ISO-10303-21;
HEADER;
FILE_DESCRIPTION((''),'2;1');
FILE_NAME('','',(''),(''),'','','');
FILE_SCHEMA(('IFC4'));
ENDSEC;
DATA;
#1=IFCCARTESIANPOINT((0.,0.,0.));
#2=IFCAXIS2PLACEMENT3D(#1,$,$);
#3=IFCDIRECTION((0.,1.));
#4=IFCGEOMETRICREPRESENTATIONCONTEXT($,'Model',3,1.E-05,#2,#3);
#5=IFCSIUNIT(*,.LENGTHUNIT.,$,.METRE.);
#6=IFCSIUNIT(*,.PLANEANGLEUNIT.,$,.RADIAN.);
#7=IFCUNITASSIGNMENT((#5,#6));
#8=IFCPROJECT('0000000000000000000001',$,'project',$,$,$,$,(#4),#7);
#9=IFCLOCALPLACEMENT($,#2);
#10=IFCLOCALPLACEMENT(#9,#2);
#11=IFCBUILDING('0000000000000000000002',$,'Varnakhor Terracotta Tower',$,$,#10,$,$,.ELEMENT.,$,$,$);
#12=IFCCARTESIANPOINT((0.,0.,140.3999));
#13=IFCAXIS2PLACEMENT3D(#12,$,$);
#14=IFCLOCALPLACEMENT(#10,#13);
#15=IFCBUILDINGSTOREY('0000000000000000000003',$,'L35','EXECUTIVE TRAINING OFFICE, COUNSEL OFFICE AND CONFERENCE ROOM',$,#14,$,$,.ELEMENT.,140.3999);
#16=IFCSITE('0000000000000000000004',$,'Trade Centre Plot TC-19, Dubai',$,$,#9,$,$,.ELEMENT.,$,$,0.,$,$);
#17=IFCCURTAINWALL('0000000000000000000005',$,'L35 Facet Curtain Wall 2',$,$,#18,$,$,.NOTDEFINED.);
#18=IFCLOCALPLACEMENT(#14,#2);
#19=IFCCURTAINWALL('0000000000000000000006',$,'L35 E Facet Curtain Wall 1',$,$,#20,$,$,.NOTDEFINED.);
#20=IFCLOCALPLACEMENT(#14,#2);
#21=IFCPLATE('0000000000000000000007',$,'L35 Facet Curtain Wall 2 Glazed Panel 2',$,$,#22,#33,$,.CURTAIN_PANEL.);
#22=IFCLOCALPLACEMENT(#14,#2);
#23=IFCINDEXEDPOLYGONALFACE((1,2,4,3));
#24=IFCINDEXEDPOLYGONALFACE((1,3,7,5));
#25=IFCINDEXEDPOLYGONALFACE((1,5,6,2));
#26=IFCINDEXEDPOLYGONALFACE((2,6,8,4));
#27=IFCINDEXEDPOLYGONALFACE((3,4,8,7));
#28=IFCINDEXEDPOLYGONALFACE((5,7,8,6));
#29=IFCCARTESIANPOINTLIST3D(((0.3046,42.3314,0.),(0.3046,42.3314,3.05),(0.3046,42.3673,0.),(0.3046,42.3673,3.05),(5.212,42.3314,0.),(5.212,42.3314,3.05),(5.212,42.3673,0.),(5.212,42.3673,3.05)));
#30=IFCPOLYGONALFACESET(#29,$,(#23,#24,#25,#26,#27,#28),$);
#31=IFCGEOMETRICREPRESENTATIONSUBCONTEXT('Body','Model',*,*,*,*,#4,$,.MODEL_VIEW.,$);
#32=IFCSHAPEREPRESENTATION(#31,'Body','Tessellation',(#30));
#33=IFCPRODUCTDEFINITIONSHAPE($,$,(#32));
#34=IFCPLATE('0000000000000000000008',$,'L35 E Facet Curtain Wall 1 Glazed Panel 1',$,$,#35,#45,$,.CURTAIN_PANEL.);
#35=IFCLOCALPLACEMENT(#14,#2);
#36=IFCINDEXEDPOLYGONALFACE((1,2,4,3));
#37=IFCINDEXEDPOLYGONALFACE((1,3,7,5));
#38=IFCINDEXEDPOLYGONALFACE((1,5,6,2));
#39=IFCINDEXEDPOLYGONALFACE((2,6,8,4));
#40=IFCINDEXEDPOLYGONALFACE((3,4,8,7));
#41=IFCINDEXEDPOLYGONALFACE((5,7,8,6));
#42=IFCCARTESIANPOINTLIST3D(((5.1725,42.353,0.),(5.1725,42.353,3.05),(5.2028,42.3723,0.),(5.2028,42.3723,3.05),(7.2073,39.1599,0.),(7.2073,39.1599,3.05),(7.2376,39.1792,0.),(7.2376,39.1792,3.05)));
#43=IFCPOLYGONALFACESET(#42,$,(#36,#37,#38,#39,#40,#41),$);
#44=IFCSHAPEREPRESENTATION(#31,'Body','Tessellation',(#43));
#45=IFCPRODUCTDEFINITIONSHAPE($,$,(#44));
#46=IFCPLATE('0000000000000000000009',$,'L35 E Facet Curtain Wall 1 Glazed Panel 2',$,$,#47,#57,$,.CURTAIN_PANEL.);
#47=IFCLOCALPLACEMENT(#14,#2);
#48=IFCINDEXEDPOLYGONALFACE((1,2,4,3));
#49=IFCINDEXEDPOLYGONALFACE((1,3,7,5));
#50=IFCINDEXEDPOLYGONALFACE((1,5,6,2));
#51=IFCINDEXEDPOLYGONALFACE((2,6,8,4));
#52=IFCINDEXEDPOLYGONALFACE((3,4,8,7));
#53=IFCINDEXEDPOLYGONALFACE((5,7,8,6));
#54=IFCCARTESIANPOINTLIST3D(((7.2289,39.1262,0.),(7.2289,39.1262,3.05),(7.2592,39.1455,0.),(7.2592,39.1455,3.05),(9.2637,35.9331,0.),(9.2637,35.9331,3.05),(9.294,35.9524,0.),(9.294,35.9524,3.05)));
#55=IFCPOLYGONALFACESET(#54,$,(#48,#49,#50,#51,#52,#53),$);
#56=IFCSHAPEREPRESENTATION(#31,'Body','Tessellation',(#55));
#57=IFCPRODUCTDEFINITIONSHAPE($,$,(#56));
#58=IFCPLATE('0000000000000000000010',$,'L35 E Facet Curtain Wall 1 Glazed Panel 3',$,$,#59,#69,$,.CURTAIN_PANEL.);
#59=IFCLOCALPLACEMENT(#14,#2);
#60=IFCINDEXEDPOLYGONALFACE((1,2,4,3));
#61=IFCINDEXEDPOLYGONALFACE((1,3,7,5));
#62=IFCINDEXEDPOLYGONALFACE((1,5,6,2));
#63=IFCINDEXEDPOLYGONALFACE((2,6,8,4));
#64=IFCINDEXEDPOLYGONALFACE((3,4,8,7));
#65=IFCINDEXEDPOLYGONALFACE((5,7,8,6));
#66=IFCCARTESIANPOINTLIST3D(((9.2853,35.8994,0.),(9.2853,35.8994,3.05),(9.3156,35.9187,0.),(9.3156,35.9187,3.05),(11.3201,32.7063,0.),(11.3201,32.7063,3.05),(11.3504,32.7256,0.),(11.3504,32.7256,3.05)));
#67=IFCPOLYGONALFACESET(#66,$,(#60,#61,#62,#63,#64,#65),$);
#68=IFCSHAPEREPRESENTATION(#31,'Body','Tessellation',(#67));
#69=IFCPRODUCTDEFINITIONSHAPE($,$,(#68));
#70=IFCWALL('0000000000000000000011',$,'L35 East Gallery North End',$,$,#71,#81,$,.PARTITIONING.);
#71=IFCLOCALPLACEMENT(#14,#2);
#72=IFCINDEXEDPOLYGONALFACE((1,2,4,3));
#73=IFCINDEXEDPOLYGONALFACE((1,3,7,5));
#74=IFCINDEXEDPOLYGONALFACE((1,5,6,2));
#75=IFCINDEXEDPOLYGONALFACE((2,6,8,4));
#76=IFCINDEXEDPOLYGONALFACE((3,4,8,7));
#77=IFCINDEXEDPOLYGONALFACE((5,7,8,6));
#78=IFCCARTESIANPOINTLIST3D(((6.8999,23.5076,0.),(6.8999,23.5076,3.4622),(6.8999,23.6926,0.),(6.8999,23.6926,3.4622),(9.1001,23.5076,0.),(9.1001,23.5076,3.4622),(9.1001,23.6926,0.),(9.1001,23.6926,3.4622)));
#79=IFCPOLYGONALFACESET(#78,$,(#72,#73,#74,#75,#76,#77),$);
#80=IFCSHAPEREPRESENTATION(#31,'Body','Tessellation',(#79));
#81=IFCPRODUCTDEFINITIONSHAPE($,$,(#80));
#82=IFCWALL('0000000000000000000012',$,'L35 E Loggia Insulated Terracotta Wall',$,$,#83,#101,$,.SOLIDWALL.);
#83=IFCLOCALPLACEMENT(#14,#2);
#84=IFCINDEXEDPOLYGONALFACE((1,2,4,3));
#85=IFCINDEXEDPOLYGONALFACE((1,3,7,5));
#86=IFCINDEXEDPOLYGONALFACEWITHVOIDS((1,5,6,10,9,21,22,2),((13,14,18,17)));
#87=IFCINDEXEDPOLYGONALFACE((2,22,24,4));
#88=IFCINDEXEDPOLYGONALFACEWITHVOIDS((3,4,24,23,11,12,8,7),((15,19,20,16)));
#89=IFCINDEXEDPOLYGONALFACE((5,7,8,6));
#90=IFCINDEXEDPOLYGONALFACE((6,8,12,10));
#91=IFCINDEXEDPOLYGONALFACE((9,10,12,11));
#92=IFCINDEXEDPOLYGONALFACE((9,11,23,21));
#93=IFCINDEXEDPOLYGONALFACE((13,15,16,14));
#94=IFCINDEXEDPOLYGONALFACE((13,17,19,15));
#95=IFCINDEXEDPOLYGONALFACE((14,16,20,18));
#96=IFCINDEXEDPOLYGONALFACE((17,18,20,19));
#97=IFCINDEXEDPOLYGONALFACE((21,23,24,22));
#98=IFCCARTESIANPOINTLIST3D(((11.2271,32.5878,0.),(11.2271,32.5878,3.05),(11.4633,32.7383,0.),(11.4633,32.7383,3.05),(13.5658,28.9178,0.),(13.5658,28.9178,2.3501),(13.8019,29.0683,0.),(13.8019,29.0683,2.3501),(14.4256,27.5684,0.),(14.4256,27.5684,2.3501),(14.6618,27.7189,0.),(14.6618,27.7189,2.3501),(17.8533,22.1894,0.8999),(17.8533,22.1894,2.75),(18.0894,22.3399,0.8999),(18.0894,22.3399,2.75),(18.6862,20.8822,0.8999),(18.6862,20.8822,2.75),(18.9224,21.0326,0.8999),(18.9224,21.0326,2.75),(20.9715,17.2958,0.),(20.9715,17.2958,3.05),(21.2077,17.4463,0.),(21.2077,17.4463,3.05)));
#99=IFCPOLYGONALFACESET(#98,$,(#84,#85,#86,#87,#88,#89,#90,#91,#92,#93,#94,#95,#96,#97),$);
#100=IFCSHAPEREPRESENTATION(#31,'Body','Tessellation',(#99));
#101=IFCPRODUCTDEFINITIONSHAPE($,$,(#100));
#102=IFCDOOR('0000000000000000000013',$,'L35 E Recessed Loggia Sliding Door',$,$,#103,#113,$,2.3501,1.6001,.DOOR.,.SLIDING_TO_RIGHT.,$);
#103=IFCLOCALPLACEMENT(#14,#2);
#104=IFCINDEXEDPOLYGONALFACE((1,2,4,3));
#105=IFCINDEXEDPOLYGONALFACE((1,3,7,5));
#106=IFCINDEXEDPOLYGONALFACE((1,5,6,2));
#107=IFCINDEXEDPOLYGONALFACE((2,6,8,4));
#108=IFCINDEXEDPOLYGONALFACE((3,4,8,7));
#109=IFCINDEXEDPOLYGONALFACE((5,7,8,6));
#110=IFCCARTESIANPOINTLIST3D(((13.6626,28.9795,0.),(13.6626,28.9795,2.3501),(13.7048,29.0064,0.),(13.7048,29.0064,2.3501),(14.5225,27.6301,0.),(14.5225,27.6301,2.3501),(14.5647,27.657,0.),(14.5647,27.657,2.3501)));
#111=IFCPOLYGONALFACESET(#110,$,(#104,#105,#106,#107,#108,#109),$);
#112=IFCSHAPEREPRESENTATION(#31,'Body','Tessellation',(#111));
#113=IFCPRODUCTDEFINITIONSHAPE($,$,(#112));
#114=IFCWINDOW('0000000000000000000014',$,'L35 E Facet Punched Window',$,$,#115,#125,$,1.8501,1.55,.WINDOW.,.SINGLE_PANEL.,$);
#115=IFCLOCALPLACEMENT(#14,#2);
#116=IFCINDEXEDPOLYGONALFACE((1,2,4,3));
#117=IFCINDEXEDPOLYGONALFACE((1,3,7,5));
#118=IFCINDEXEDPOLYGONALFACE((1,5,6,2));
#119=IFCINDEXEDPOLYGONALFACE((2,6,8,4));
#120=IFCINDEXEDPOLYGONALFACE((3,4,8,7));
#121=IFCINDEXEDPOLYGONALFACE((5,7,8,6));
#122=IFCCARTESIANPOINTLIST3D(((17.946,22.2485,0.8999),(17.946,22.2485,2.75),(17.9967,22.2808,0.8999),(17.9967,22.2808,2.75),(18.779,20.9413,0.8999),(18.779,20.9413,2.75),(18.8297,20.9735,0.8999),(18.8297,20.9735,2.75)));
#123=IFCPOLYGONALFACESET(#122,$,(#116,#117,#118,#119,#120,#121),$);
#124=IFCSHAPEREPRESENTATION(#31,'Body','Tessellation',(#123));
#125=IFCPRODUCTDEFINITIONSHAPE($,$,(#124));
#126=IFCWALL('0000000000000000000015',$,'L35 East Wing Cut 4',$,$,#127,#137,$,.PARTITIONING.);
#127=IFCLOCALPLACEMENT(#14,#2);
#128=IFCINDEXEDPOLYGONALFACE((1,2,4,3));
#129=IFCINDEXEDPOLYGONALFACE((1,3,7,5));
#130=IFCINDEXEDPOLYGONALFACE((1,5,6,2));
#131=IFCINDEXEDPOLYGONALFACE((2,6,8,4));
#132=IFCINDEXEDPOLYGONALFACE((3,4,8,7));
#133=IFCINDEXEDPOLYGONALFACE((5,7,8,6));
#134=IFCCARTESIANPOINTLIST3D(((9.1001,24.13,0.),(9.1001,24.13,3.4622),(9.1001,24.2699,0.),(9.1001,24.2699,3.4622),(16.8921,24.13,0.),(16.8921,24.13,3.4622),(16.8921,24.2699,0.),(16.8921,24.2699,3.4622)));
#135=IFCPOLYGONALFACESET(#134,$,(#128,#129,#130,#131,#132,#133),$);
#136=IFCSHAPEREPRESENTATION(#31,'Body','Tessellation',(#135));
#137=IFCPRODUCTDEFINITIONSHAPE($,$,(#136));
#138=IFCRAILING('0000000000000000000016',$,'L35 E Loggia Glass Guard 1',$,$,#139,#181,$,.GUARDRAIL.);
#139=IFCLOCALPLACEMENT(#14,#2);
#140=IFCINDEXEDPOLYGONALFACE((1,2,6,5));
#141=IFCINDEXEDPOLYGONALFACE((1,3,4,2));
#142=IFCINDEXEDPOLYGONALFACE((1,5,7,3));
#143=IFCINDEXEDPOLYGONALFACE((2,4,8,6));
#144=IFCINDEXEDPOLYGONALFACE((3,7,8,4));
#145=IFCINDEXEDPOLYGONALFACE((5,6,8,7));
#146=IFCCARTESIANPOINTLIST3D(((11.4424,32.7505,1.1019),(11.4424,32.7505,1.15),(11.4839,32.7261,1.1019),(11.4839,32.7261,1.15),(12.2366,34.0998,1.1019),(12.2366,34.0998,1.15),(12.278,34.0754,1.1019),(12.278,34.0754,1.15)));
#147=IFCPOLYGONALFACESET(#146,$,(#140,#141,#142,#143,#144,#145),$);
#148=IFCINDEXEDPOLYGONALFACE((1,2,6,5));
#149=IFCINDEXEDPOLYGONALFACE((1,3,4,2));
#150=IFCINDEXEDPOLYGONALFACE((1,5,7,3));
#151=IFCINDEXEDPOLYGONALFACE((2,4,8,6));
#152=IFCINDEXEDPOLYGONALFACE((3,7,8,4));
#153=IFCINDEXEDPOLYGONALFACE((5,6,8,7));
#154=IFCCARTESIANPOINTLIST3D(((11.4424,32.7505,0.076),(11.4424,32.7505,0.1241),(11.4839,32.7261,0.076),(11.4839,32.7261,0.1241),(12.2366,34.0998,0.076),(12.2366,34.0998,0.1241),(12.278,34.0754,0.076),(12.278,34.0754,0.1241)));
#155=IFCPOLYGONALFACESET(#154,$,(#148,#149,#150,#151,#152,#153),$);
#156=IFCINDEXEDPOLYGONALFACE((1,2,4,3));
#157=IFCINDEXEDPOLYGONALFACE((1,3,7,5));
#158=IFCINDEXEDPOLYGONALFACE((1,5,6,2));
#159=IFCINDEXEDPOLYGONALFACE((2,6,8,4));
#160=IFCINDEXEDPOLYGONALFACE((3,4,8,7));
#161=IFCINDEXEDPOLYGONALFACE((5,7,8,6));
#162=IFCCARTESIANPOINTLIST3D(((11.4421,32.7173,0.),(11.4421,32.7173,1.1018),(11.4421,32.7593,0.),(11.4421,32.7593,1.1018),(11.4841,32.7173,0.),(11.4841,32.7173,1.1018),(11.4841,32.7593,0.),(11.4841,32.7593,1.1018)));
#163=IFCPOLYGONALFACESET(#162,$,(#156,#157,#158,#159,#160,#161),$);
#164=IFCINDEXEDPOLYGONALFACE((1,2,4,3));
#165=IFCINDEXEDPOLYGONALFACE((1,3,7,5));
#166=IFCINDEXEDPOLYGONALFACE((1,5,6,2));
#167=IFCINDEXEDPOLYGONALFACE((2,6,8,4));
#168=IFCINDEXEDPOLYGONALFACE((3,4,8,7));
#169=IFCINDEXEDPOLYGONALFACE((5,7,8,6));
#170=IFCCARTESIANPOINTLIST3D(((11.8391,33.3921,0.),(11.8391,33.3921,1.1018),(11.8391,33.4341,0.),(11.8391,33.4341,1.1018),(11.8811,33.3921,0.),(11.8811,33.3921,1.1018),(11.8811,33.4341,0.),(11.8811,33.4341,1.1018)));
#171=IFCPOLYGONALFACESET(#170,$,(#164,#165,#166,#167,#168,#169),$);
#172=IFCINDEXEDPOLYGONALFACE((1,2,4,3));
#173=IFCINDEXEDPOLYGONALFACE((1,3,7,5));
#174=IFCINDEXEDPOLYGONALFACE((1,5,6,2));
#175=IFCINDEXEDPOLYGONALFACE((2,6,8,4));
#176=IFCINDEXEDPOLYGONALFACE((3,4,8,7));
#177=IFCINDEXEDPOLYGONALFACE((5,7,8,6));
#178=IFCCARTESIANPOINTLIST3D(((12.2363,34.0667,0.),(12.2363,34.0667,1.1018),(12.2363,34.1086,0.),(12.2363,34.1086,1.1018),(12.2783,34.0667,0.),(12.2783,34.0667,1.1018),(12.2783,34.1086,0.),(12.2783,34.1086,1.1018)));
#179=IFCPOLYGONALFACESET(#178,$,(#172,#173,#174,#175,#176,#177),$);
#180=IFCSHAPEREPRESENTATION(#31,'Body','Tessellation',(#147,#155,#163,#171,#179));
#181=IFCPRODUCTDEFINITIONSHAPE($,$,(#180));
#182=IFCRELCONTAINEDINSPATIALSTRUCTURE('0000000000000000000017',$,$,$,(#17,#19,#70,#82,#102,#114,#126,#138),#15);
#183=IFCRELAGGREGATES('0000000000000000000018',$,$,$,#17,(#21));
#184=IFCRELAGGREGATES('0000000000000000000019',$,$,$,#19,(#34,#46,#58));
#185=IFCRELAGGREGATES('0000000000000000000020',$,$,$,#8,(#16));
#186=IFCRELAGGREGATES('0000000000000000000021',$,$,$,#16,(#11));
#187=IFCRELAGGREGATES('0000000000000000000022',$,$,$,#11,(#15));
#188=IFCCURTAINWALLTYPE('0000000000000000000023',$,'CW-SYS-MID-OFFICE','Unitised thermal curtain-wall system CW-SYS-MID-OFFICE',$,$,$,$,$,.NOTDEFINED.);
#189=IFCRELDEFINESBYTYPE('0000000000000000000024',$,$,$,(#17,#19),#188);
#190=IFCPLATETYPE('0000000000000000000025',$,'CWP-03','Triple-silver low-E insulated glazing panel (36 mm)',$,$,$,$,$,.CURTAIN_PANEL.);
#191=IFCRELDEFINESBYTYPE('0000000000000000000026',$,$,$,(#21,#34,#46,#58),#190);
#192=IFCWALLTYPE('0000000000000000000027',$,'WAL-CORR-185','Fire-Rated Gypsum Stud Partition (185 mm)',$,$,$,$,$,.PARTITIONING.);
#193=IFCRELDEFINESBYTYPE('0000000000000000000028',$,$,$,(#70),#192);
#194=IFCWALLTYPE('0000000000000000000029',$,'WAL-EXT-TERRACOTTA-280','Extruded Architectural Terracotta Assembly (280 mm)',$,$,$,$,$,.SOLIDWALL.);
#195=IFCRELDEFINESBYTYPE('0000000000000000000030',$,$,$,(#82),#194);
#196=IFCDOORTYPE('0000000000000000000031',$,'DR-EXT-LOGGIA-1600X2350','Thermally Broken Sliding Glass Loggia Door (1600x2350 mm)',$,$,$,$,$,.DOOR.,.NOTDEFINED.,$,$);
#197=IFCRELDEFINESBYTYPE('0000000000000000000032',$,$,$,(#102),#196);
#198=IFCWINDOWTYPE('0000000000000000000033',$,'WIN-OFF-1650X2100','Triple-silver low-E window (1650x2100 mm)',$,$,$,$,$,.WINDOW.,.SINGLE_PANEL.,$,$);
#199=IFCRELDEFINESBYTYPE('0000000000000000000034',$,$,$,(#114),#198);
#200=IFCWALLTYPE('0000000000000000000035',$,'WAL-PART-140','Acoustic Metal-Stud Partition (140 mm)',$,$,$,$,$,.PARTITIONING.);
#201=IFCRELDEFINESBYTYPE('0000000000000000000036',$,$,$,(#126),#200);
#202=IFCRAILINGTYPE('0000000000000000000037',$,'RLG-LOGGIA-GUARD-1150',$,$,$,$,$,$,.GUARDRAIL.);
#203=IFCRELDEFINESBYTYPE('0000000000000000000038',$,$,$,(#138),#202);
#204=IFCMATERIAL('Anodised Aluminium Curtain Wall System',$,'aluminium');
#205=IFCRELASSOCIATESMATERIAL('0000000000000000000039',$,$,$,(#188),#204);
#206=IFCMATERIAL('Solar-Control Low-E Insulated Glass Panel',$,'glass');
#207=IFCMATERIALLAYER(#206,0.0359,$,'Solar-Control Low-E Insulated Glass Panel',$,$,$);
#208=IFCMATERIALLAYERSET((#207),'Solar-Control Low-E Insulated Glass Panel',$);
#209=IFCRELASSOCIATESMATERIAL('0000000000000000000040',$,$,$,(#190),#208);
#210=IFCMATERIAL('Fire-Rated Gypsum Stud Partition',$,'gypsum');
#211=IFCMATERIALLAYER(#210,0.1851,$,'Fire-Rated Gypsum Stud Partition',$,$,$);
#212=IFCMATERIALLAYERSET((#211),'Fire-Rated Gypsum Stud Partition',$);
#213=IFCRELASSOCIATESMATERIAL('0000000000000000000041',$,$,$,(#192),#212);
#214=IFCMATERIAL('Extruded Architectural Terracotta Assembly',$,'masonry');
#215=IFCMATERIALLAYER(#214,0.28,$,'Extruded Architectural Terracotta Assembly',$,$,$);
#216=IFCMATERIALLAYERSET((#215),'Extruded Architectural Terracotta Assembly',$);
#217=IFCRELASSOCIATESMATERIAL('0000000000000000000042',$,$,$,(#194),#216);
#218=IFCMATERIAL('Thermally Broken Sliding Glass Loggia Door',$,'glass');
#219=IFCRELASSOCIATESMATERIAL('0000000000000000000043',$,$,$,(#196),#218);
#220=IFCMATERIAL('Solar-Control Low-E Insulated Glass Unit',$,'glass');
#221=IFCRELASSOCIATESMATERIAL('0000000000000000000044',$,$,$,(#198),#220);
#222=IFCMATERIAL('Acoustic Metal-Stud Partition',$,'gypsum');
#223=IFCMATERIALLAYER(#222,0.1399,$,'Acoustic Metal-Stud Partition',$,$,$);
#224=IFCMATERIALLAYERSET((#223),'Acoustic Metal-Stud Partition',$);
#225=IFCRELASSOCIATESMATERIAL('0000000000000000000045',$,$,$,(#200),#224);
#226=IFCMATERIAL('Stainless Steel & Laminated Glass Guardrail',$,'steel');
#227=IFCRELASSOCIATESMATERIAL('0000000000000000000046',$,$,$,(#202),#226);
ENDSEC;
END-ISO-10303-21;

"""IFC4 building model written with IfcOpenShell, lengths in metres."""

from ifc_helpers import new_model, si_unit, direction, frame, frame_2d, origin, origin_2d, place, context, subcontext, project, spatial, rectangle, extrude, source, transform, mapped, material, layer, layer_set, type_object, type_shapes, element, fill, aggregate, save


model = new_model("IFC4")

# Units and contexts
model_context = context("Model", 3, precision=1e-05, world=origin(), true_north=direction((0.0, 1.0)))
body_context = subcontext(model_context, "Body", "Model", "MODEL_VIEW")
ifc_project = project(units=[si_unit("LENGTHUNIT", "METRE"), si_unit("PLANEANGLEUNIT", "RADIAN")], contexts=[model_context])

# Site, building, storey
site_placement = place(None, origin())
site = spatial("IfcSite", under=ifc_project, at=site_placement, Name="Trade Centre Plot TC-19, Dubai", CompositionType="ELEMENT", RefElevation=0.0)
building_placement = place(site_placement, origin())
building = spatial("IfcBuilding", under=site, at=building_placement, Name="Varnakhor Terracotta Tower", CompositionType="ELEMENT")
storey_placement = place(building_placement, frame((0.0, 0.0, 140.3999)))
storey = spatial("IfcBuildingStorey", under=building, at=storey_placement, Name="L35", Description="EXECUTIVE TRAINING OFFICE, COUNSEL OFFICE AND CONFERENCE ROOM", CompositionType="ELEMENT", Elevation=140.3999)

# Curtain wall
ifc_material_1 = material(Name="Anodised Aluminium Curtain Wall System", Category="aluminium")
curtain_wall_type = type_object("IfcCurtainWallType", Name="CW-SYS-MID-OFFICE", Description="Unitised thermal curtain-wall system CW-SYS-MID-OFFICE", PredefinedType="NOTDEFINED", material=ifc_material_1)
curtain_wall_1_placement = place(storey_placement, origin())
curtain_wall_1 = element("IfcCurtainWall", 1, at=curtain_wall_1_placement, inside=storey, type_object=curtain_wall_type, Name="L35 Facet Curtain Wall 2", PredefinedType="NOTDEFINED")

# Curtain wall
curtain_wall_2_placement = place(storey_placement, origin())
curtain_wall_2 = element("IfcCurtainWall", 2, at=curtain_wall_2_placement, inside=storey, type_object=curtain_wall_type, Name="L35 E Facet Curtain Wall 1", PredefinedType="NOTDEFINED")

# Plates
ifc_material_2 = material(Name="Solar-Control Low-E Insulated Glass Panel", Category="glass")
ifc_layer_1 = layer(ifc_material_2, 0.0359, Name="Solar-Control Low-E Insulated Glass Panel")
ifc_layer_set_1 = layer_set([ifc_layer_1], Name="Solar-Control Low-E Insulated Glass Panel")
plate_type = type_object("IfcPlateType", Name="CWP-03", Description="Triple-silver low-E insulated glazing panel (36 mm)", PredefinedType="CURTAIN_PANEL", material=ifc_layer_set_1)
shared_shape_1 = source(origin(), body_context, "Body", "SweptSolid", [
    extrude(rectangle(XDim=4.9075, YDim=0.0359, at=origin_2d()), origin(), (0.0, 0.0, 1.0), 3.05),
])
plate_1_placement = place(storey_placement, frame((2.7583, 42.3494, 0.0), z_axis=(0.0, 0.0, 1.0), x_axis=(1.0, 0.0, 0.0)))
plate_1 = element("IfcPlate", 3, at=plate_1_placement, type_object=plate_type, Name="L35 Facet Curtain Wall 2 Glazed Panel 2", PredefinedType="CURTAIN_PANEL", context=body_context, shape_type="MappedRepresentation", body=[
    mapped(shared_shape_1, transform((0.0, 0.0, 0.0), scale=1.0)),
])
aggregate(curtain_wall_1, [plate_1])
shared_shape_2 = source(origin(), body_context, "Body", "SweptSolid", [
    extrude(rectangle(XDim=3.7864, YDim=0.0359, at=origin_2d()), origin(), (0.0, 0.0, 1.0), 3.05),
])
plate_2_placement = place(storey_placement, frame((6.2051, 40.7661, 0.0), z_axis=(0.0, 0.0, 1.0), x_axis=(0.537403, -0.843326, 0.0)))
plate_2 = element("IfcPlate", 4, at=plate_2_placement, type_object=plate_type, Name="L35 E Facet Curtain Wall 1 Glazed Panel 1", PredefinedType="CURTAIN_PANEL", context=body_context, shape_type="MappedRepresentation", body=[
    mapped(shared_shape_2, transform((0.0, 0.0, 0.0), scale=1.0)),
])
plate_3_placement = place(storey_placement, frame((8.2615, 37.5393, 0.0), z_axis=(0.0, 0.0, 1.0), x_axis=(0.537403, -0.843326, 0.0)))
plate_3 = element("IfcPlate", 5, at=plate_3_placement, type_object=plate_type, Name="L35 E Facet Curtain Wall 1 Glazed Panel 2", PredefinedType="CURTAIN_PANEL", context=body_context, shape_type="MappedRepresentation", body=[
    mapped(shared_shape_2, transform((0.0, 0.0, 0.0), scale=1.0)),
])
plate_4_placement = place(storey_placement, frame((10.3179, 34.3125, 0.0), z_axis=(0.0, 0.0, 1.0), x_axis=(0.537403, -0.843326, 0.0)))
plate_4 = element("IfcPlate", 6, at=plate_4_placement, type_object=plate_type, Name="L35 E Facet Curtain Wall 1 Glazed Panel 3", PredefinedType="CURTAIN_PANEL", context=body_context, shape_type="MappedRepresentation", body=[
    mapped(shared_shape_2, transform((0.0, 0.0, 0.0), scale=1.0)),
])
aggregate(curtain_wall_2, [plate_2, plate_3, plate_4])

# Wall
ifc_material_3 = material(Name="Fire-Rated Gypsum Stud Partition", Category="gypsum")
ifc_layer_2 = layer(ifc_material_3, 0.1851, Name="Fire-Rated Gypsum Stud Partition")
ifc_layer_set_2 = layer_set([ifc_layer_2], Name="Fire-Rated Gypsum Stud Partition")
wall_type_1 = type_object("IfcWallType", Name="WAL-CORR-185", Description="Fire-Rated Gypsum Stud Partition (185 mm)", PredefinedType="PARTITIONING", material=ifc_layer_set_2)
wall_1_placement = place(storey_placement, frame((6.8999, 23.6001, 0.0), z_axis=(0.0, 0.0, 1.0), x_axis=(1.0, 0.0, 0.0)))
element("IfcWall", 7, at=wall_1_placement, inside=storey, type_object=wall_type_1, Name="L35 East Gallery North End", PredefinedType="PARTITIONING", context=body_context, shape_type="SweptSolid", body=[
    extrude(rectangle(XDim=2.2002, YDim=0.1851, at=frame_2d((1.1001, 0.0))), origin(), (0.0, 0.0, 1.0), 3.4622),
])

# Wall, openings, door, window
ifc_material_4 = material(Name="Extruded Architectural Terracotta Assembly", Category="masonry")
ifc_layer_3 = layer(ifc_material_4, 0.28, Name="Extruded Architectural Terracotta Assembly")
ifc_layer_set_3 = layer_set([ifc_layer_3], Name="Extruded Architectural Terracotta Assembly")
wall_type_2 = type_object("IfcWallType", Name="WAL-EXT-TERRACOTTA-280", Description="Extruded Architectural Terracotta Assembly (280 mm)", PredefinedType="SOLIDWALL", material=ifc_layer_set_3)
wall_2_placement = place(storey_placement, frame((11.3452, 32.6631, 0.0), z_axis=(0.0, 0.0, 1.0), x_axis=(0.53739, -0.843334, 0.0)))
wall_2 = element("IfcWall", 8, at=wall_2_placement, inside=storey, type_object=wall_type_2, Name="L35 E Loggia Insulated Terracotta Wall", PredefinedType="SOLIDWALL", context=body_context, shape_type="SweptSolid", body=[
    extrude(rectangle(XDim=18.1328, YDim=0.28, at=frame_2d((9.0664, 0.0))), origin(), (0.0, 0.0, 1.0), 3.05),
])
opening_1_placement = place(wall_2_placement, frame((4.3518, 0.0, 0.0)))
opening_1 = element("IfcOpeningElement", 9, at=opening_1_placement, cuts=wall_2, PredefinedType="OPENING", context=body_context, shape_type="SweptSolid", body=[
    extrude(rectangle(XDim=1.6001, YDim=2.3501, at=frame_2d((0.8, 1.175))), frame((0.0, 0.1499, 0.0), z_axis=(0.0, -1.0, 0.0), x_axis=(1.0, 0.0, 0.0)), (0.0, 0.0, 1.0), 0.3),
])
opening_2_placement = place(wall_2_placement, frame((12.3303, 0.0, 0.8999)))
opening_2 = element("IfcOpeningElement", 10, at=opening_2_placement, cuts=wall_2, PredefinedType="OPENING", context=body_context, shape_type="SweptSolid", body=[
    extrude(rectangle(XDim=1.55, YDim=1.8501, at=frame_2d((0.7749, 0.925))), frame((0.0, 0.1499, 0.0), z_axis=(0.0, -1.0, 0.0), x_axis=(1.0, 0.0, 0.0)), (0.0, 0.0, 1.0), 0.3),
])
ifc_material_5 = material(Name="Thermally Broken Sliding Glass Loggia Door", Category="glass")
door_type = type_object("IfcDoorType", Name="DR-EXT-LOGGIA-1600X2350", Description="Thermally Broken Sliding Glass Loggia Door (1600x2350 mm)", OperationType="NOTDEFINED", PredefinedType="DOOR", material=ifc_material_5)
shared_shape_3 = source(origin(), body_context, "Body", "SweptSolid", [
    extrude(rectangle(XDim=1.6001, YDim=2.3501, at=frame_2d((0.8, 1.175))), frame((0.0, 0.0249, 0.0), z_axis=(0.0, -1.0, 0.0), x_axis=(1.0, 0.0, 0.0)), (0.0, 0.0, 1.0), 0.05),
])
type_shapes(door_type, [shared_shape_3])
door_placement = place(opening_1_placement, origin())
door = element("IfcDoor", 11, at=door_placement, inside=storey, type_object=door_type, Name="L35 E Recessed Loggia Sliding Door", OperationType="SLIDING_TO_RIGHT", OverallHeight=2.3501, OverallWidth=1.6001, PredefinedType="DOOR", context=body_context, shape_type="MappedRepresentation", body=[
    mapped(shared_shape_3, transform((0.0, 0.0, 0.0), scale=1.0)),
])
fill(opening_1, door)
ifc_material_6 = material(Name="Solar-Control Low-E Insulated Glass Unit", Category="glass")
window_type = type_object("IfcWindowType", Name="WIN-OFF-1650X2100", Description="Triple-silver low-E window (1650x2100 mm)", PartitioningType="SINGLE_PANEL", PredefinedType="WINDOW", material=ifc_material_6)
shared_shape_4 = source(origin(), body_context, "Body", "SweptSolid", [
    extrude(rectangle(XDim=1.55, YDim=1.8501, at=frame_2d((0.7749, 0.925))), frame((0.0, 0.03, 0.0), z_axis=(0.0, -1.0, 0.0), x_axis=(1.0, 0.0, 0.0)), (0.0, 0.0, 1.0), 0.0601),
])
type_shapes(window_type, [shared_shape_4])
window_placement = place(opening_2_placement, origin())
window = element("IfcWindow", 12, at=window_placement, inside=storey, type_object=window_type, Name="L35 E Facet Punched Window", OverallHeight=1.8501, OverallWidth=1.55, PartitioningType="SINGLE_PANEL", PredefinedType="WINDOW", context=body_context, shape_type="MappedRepresentation", body=[
    mapped(shared_shape_4, transform((0.0, 0.0, 0.0), scale=1.0)),
])
fill(opening_2, window)

# Wall
ifc_material_7 = material(Name="Acoustic Metal-Stud Partition", Category="gypsum")
ifc_layer_4 = layer(ifc_material_7, 0.1399, Name="Acoustic Metal-Stud Partition")
ifc_layer_set_4 = layer_set([ifc_layer_4], Name="Acoustic Metal-Stud Partition")
wall_type_3 = type_object("IfcWallType", Name="WAL-PART-140", Description="Acoustic Metal-Stud Partition (140 mm)", PredefinedType="PARTITIONING", material=ifc_layer_set_4)
wall_3_placement = place(storey_placement, frame((9.1001, 24.2, 0.0), z_axis=(0.0, 0.0, 1.0), x_axis=(1.0, 0.0, 0.0)))
element("IfcWall", 13, at=wall_3_placement, inside=storey, type_object=wall_type_3, Name="L35 East Wing Cut 4", PredefinedType="PARTITIONING", context=body_context, shape_type="SweptSolid", body=[
    extrude(rectangle(XDim=7.792, YDim=0.1399, at=frame_2d((3.896, 0.0))), origin(), (0.0, 0.0, 1.0), 3.4622),
])

# Railing
ifc_material_8 = material(Name="Stainless Steel & Laminated Glass Guardrail", Category="steel")
railing_type = type_object("IfcRailingType", Name="RLG-LOGGIA-GUARD-1150", PredefinedType="GUARDRAIL", material=ifc_material_8)
railing_1_placement = place(storey_placement, frame((11.4631, 32.7383, 0.0)))
element("IfcRailing", 14, at=railing_1_placement, inside=storey, type_object=railing_type, Name="L35 E Loggia Glass Guard 1", PredefinedType="GUARDRAIL", context=body_context, shape_type="SweptSolid", body=[
    extrude(rectangle(XDim=0.0481, YDim=0.0481, at=origin_2d()), frame((0.0, 0.0, 1.126), z_axis=(0.507231, 0.86181, 0.0), x_axis=(-0.86181, 0.507231, 0.0)), (0.0, 0.0, 1.0), 1.5657),
    extrude(rectangle(XDim=0.0481, YDim=0.0481, at=origin_2d()), frame((0.0, 0.0, 0.1001), z_axis=(0.507231, 0.86181, 0.0), x_axis=(-0.86181, 0.507231, 0.0)), (0.0, 0.0, 1.0), 1.5657),
    extrude(rectangle(XDim=0.042, YDim=0.042, at=origin_2d()), origin(), (0.0, 0.0, 1.0), 1.1018),
    extrude(rectangle(XDim=0.042, YDim=0.042, at=origin_2d()), frame((0.397, 0.6748, 0.0)), (0.0, 0.0, 1.0), 1.1018),
    extrude(rectangle(XDim=0.042, YDim=0.042, at=origin_2d()), frame((0.7942, 1.3494, 0.0)), (0.0, 0.0, 1.0), 1.1018),
])

save(model, "model.ifc")
